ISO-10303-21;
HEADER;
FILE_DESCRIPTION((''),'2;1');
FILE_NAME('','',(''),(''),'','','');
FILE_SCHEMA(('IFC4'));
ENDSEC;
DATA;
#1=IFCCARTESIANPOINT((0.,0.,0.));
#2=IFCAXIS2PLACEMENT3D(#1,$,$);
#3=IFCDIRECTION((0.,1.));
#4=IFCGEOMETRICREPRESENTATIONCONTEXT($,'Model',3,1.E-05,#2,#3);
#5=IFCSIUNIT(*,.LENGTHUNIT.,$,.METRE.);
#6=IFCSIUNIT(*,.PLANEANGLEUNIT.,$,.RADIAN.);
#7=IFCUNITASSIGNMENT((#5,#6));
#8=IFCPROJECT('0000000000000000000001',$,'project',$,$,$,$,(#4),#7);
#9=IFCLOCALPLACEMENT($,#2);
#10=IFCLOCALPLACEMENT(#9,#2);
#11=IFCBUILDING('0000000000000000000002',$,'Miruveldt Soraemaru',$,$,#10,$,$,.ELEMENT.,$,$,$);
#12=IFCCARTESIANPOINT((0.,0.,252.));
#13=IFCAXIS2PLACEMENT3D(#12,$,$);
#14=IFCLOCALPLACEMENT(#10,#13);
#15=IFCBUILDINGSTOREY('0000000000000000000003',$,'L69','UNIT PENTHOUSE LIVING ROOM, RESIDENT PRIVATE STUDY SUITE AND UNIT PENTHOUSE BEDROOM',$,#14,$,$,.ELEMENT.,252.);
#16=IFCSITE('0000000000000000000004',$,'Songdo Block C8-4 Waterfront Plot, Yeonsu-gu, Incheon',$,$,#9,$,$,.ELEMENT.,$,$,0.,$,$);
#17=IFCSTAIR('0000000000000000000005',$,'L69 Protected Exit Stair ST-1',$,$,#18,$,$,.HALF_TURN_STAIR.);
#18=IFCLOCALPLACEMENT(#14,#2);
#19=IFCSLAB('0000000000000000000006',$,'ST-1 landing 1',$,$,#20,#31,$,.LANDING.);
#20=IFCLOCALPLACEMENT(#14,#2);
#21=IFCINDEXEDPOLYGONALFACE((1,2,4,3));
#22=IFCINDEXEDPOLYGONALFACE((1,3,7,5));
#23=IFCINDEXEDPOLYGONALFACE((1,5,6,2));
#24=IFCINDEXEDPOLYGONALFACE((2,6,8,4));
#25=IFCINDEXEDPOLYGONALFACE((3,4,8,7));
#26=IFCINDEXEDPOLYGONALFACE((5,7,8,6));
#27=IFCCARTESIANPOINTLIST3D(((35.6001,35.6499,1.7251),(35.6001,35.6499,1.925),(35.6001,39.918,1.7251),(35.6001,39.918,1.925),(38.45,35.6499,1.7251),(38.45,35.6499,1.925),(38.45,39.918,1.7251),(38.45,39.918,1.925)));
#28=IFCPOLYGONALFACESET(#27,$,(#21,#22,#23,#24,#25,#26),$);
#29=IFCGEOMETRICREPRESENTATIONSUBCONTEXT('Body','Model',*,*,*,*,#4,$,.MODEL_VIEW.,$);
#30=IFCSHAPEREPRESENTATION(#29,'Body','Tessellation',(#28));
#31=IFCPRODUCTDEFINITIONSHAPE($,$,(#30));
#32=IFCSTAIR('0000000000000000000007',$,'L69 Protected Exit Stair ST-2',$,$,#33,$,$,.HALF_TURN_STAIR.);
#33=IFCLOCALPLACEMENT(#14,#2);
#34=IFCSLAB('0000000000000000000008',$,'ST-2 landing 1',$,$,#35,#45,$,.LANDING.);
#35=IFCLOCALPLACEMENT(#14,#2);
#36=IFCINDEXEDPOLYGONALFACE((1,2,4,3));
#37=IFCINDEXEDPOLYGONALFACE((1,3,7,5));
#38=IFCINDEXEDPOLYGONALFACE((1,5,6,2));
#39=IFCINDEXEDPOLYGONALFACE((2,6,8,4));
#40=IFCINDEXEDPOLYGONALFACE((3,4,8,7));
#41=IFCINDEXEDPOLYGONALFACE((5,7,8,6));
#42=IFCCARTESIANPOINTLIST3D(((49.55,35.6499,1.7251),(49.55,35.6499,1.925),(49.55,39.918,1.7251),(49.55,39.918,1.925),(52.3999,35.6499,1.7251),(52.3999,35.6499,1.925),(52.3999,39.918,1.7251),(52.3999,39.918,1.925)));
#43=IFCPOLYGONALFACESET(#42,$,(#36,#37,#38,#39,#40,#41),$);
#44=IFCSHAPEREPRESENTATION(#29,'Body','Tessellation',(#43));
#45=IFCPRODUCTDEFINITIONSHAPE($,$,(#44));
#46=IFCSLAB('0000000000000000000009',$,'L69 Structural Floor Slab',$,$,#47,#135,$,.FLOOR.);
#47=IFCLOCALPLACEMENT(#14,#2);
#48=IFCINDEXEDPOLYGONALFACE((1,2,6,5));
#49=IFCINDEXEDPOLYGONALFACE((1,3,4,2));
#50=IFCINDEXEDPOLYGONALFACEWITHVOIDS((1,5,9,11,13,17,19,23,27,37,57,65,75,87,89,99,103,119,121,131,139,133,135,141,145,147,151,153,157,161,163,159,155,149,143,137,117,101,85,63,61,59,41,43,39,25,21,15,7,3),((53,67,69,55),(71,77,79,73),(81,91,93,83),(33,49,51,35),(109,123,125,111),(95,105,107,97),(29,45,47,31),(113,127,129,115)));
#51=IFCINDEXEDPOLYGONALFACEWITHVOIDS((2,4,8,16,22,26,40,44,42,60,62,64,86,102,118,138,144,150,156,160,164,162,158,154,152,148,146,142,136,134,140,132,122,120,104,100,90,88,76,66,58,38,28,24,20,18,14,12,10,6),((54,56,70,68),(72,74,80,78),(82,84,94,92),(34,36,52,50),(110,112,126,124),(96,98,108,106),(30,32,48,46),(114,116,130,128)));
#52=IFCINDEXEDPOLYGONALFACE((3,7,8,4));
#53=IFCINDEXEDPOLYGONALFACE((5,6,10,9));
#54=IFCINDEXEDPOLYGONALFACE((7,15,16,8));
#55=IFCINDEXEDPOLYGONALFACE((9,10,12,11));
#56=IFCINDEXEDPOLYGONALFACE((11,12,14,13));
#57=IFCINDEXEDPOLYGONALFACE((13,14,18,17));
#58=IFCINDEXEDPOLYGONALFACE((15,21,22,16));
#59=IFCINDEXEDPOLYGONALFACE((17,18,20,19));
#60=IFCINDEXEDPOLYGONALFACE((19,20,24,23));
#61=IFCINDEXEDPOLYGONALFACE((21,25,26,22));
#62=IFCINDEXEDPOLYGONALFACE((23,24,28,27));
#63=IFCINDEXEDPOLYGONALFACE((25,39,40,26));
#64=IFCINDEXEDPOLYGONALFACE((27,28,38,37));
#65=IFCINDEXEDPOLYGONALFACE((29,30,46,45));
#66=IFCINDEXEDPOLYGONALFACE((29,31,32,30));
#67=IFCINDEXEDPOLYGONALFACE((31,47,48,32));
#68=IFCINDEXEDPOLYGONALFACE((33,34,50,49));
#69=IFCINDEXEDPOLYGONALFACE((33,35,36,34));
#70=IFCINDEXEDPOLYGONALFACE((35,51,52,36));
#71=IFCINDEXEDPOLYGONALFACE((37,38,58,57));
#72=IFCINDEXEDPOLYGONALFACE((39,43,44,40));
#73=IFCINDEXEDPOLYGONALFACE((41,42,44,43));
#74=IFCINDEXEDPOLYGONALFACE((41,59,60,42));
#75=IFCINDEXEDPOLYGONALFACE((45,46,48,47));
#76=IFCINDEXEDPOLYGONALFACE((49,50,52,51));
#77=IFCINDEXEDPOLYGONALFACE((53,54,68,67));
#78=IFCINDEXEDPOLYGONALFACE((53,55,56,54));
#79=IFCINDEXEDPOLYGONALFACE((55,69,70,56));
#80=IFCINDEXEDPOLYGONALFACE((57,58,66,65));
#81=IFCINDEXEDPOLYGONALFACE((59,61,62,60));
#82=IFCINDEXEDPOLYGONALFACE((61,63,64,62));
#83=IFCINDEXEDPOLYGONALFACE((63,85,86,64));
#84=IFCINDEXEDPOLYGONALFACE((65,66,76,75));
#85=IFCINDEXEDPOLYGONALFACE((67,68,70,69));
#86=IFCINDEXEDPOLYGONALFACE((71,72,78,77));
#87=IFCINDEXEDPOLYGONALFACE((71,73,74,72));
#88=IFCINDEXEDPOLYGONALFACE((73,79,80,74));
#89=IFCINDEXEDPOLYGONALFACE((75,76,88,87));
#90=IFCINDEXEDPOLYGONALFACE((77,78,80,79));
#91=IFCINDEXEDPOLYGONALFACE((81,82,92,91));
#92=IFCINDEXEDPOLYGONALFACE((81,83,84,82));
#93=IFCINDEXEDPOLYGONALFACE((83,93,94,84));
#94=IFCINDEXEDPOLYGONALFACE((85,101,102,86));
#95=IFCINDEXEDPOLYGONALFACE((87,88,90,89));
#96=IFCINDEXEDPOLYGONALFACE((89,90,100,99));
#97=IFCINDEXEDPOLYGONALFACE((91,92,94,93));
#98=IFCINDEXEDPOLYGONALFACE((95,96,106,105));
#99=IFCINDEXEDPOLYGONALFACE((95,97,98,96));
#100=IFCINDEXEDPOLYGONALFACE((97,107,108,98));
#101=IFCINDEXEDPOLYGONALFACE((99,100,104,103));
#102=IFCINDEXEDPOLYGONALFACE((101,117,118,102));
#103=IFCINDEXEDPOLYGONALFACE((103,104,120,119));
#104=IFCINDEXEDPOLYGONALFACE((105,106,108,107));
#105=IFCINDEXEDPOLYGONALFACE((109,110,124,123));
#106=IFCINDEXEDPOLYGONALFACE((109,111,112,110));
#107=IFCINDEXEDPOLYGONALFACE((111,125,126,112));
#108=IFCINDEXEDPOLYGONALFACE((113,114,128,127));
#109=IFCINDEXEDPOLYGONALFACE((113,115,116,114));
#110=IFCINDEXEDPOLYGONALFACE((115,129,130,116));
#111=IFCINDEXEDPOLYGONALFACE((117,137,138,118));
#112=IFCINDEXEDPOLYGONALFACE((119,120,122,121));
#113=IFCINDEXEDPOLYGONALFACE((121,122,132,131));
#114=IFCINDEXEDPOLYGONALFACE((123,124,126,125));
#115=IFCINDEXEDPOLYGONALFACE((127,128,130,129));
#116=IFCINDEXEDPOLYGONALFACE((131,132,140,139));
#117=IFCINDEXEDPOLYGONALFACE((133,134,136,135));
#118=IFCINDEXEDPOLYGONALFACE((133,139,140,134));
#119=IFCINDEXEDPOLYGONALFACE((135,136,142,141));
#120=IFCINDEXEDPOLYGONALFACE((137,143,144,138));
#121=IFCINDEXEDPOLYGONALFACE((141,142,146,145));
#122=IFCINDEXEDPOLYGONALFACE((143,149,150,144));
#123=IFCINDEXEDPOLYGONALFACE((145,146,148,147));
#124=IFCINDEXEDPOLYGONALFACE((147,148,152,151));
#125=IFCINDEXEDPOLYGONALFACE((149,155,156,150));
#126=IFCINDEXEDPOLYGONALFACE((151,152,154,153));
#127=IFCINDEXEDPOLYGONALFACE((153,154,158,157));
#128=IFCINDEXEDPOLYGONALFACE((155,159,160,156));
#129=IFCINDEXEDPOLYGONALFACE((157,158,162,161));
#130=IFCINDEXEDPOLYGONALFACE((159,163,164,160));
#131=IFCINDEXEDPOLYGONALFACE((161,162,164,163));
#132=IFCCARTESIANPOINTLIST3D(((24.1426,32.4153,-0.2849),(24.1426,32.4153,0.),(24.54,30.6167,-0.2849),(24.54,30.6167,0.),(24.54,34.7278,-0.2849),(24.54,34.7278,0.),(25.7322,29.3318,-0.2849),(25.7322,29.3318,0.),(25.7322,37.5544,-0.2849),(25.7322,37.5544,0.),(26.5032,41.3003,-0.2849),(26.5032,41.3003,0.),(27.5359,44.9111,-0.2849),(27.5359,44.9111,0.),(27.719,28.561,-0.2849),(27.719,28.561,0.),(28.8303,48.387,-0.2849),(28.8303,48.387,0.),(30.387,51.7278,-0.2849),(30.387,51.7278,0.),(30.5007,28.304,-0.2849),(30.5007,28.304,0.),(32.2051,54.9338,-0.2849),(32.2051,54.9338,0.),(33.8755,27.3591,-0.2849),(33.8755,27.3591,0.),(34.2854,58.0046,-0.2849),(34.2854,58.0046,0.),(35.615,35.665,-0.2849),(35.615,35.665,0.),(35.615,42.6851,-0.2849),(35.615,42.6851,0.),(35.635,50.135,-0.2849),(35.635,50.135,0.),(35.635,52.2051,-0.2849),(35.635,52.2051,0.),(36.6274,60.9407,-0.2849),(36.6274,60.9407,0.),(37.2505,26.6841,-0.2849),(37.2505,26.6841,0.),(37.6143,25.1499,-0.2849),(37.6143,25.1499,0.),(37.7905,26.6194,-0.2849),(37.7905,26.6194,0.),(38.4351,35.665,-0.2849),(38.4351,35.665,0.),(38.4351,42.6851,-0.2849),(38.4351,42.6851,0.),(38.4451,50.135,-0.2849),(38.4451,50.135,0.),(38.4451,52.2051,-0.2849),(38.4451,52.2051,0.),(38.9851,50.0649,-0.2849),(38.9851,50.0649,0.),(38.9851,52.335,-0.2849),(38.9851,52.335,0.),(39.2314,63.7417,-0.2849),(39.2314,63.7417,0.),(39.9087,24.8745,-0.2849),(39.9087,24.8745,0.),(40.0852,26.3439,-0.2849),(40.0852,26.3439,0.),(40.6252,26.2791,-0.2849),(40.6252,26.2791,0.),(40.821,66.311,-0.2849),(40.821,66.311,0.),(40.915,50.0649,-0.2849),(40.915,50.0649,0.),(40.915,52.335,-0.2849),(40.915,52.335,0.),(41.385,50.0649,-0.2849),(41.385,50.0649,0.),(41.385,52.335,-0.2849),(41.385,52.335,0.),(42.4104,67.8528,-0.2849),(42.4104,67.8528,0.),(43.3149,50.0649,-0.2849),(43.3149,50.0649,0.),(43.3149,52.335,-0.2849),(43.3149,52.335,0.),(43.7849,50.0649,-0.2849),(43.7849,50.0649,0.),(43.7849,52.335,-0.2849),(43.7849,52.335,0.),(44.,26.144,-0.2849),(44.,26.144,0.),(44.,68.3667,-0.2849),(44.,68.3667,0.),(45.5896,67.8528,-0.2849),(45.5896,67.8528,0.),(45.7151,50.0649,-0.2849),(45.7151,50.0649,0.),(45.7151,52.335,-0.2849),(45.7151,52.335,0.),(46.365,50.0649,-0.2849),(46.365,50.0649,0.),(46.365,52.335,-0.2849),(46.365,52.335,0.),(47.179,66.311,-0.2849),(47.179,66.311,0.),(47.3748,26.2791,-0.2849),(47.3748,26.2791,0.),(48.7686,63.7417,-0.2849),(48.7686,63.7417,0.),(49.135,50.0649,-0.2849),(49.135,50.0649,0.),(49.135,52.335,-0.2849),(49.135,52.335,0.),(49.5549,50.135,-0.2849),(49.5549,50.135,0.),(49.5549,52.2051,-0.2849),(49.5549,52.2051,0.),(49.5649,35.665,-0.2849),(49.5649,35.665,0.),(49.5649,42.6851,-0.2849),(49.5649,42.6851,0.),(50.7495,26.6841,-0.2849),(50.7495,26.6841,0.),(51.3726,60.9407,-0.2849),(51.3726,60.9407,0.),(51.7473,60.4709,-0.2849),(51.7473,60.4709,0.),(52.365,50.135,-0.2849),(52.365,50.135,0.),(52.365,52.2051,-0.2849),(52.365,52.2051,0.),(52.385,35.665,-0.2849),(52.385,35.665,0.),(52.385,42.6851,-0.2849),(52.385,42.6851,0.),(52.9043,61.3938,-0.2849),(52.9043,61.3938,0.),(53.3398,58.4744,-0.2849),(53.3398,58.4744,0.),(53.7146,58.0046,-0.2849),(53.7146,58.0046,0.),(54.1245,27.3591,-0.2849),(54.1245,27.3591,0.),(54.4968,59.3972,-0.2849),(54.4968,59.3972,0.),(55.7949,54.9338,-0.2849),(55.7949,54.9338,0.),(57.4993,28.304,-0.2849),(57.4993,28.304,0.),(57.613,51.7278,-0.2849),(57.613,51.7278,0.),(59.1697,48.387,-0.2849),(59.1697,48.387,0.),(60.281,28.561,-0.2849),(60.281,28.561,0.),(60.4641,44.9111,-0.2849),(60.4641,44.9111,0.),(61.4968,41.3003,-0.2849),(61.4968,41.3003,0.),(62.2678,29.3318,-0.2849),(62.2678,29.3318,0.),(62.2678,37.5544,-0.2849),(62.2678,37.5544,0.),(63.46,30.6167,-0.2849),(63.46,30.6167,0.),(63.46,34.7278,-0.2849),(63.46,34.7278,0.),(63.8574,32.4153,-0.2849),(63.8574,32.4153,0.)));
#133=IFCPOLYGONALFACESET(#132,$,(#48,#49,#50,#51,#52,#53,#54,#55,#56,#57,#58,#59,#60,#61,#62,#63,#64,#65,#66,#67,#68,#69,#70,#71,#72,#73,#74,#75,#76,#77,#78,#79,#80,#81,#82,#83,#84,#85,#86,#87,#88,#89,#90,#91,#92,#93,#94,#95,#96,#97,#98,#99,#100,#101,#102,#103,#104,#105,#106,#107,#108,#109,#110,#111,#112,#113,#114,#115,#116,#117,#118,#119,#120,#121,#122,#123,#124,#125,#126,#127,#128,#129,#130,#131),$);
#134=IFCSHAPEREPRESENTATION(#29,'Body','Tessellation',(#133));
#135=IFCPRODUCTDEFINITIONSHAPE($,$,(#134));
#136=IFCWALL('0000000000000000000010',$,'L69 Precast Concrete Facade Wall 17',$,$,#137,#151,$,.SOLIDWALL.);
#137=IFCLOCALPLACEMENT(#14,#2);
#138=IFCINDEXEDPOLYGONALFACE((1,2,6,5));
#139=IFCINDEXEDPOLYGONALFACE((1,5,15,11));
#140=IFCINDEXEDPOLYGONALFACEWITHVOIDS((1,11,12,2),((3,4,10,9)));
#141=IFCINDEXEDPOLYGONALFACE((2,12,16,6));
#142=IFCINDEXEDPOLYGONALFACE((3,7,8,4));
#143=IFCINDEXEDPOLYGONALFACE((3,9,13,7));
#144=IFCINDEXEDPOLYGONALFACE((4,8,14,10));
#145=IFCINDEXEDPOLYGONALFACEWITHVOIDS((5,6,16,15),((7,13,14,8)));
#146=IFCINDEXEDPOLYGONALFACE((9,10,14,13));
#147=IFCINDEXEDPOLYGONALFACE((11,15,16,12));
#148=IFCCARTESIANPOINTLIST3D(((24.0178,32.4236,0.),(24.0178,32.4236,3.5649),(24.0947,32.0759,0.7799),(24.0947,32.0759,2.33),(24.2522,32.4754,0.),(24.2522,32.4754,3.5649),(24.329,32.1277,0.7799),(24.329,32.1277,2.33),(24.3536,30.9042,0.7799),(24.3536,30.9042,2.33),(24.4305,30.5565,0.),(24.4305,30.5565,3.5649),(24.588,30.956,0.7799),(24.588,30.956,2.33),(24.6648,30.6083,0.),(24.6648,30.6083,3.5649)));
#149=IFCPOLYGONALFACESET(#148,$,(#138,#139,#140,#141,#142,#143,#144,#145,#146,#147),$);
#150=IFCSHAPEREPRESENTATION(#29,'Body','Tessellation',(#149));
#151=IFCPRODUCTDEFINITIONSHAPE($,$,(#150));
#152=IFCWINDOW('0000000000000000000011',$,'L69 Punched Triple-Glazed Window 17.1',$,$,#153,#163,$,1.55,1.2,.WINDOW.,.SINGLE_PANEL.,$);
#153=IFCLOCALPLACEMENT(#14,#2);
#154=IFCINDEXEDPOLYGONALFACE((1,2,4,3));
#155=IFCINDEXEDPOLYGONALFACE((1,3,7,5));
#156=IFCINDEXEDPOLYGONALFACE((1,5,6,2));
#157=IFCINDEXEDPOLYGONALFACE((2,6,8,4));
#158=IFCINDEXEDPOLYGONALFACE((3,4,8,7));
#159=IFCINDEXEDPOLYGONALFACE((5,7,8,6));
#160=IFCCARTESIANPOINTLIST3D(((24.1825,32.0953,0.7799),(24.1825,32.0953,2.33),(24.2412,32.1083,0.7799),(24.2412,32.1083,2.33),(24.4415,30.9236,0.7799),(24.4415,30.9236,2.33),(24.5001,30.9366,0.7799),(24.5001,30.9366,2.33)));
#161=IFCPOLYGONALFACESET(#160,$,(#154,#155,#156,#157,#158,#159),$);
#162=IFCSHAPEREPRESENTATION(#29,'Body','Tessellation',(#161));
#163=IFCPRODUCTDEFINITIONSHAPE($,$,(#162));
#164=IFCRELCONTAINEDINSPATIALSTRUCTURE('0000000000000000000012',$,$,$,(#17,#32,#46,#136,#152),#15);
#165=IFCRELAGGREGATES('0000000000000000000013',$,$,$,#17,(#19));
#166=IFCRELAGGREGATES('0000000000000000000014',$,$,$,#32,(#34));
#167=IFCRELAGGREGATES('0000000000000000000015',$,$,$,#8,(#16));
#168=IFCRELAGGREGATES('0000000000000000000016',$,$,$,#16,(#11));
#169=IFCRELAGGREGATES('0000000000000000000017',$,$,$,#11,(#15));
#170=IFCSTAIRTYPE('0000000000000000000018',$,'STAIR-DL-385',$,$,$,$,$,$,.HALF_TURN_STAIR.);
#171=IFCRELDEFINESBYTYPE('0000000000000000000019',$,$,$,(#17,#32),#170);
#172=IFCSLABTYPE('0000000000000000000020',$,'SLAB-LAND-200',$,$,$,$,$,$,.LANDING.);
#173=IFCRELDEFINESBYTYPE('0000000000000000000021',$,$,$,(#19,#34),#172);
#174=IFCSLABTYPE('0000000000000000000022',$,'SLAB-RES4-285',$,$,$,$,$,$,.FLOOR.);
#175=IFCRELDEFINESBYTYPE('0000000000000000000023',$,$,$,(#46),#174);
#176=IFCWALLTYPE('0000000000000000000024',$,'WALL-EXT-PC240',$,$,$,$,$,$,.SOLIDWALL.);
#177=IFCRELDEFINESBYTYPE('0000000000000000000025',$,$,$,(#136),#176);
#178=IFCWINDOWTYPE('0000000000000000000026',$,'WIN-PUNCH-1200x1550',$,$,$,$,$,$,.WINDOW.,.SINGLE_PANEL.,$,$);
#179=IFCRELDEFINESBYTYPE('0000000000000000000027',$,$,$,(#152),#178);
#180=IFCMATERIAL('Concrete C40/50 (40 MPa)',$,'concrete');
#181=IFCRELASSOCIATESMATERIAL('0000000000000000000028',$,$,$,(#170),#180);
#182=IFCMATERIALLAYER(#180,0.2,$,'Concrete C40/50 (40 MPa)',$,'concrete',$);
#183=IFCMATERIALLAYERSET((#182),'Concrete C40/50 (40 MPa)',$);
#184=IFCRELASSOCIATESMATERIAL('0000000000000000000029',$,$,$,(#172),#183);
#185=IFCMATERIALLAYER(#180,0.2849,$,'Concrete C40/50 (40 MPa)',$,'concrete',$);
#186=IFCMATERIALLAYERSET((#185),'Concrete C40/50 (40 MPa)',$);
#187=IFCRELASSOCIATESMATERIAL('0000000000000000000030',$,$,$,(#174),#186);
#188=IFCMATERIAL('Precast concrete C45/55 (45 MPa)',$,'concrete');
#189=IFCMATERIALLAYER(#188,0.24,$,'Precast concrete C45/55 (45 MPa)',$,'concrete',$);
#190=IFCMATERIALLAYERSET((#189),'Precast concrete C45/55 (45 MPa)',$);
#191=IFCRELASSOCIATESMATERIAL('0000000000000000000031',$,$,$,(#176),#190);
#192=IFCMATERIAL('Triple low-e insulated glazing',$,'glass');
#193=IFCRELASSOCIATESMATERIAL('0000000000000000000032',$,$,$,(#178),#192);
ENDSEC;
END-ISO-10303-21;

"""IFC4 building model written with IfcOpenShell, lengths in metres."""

from ifc_helpers import new_model, si_unit, direction, frame, frame_2d, origin, place, context, subcontext, project, spatial, polyline, rectangle, outline, extrude, material, layer, layer_set, type_object, element, fill, aggregate, save


model = new_model("IFC4")

# Units and contexts
model_context = context("Model", 3, precision=1e-05, world=origin(), true_north=direction((0.0, 1.0)))
body_context = subcontext(model_context, "Body", "Model", "MODEL_VIEW")
ifc_project = project(units=[si_unit("LENGTHUNIT", "METRE"), si_unit("PLANEANGLEUNIT", "RADIAN")], contexts=[model_context])

# Site, building, storey
site_placement = place(None, origin())
site = spatial("IfcSite", under=ifc_project, at=site_placement, Name="Songdo Block C8-4 Waterfront Plot, Yeonsu-gu, Incheon", CompositionType="ELEMENT", RefElevation=0.0)
building_placement = place(site_placement, origin())
building = spatial("IfcBuilding", under=site, at=building_placement, Name="Miruveldt Soraemaru", CompositionType="ELEMENT")
storey_placement = place(building_placement, frame((0.0, 0.0, 252.0)))
storey = spatial("IfcBuildingStorey", under=building, at=storey_placement, Name="L69", Description="UNIT PENTHOUSE LIVING ROOM, RESIDENT PRIVATE STUDY SUITE AND UNIT PENTHOUSE BEDROOM", CompositionType="ELEMENT", Elevation=252.0)

# Stairs, slabs
ifc_material_1 = material(Name="Concrete C40/50 (40 MPa)", Category="concrete")
stair_type = type_object("IfcStairType", Name="STAIR-DL-385", PredefinedType="HALF_TURN_STAIR", material=ifc_material_1)
stair_1_placement = place(storey_placement, origin())
stair_1 = element("IfcStair", 1, at=stair_1_placement, inside=storey, type_object=stair_type, Name="L69 Protected Exit Stair ST-1", PredefinedType="HALF_TURN_STAIR")
ifc_layer_1 = layer(ifc_material_1, 0.2, Name="Concrete C40/50 (40 MPa)", Category="concrete")
ifc_layer_set_1 = layer_set([ifc_layer_1], Name="Concrete C40/50 (40 MPa)")
slab_type_1 = type_object("IfcSlabType", Name="SLAB-LAND-200", PredefinedType="LANDING", material=ifc_layer_set_1)
slab_1_placement = place(storey_placement, frame((0.0, 0.0, 1.7251)))
slab_1 = element("IfcSlab", 2, at=slab_1_placement, type_object=slab_type_1, Name="ST-1 landing 1", PredefinedType="LANDING", context=body_context, shape_type="SweptSolid", body=[
    extrude(outline(polyline([(35.6001, 39.918), (35.6001, 35.6499), (38.45, 35.6499), (38.45, 39.918), (35.6001, 39.918)])), origin(), (0.0, 0.0, 1.0), 0.2),
])
aggregate(stair_1, [slab_1])
stair_2_placement = place(storey_placement, origin())
stair_2 = element("IfcStair", 3, at=stair_2_placement, inside=storey, type_object=stair_type, Name="L69 Protected Exit Stair ST-2", PredefinedType="HALF_TURN_STAIR")
slab_2_placement = place(storey_placement, frame((0.0, 0.0, 1.7251)))
slab_2 = element("IfcSlab", 4, at=slab_2_placement, type_object=slab_type_1, Name="ST-2 landing 1", PredefinedType="LANDING", context=body_context, shape_type="SweptSolid", body=[
    extrude(outline(polyline([(49.55, 39.918), (49.55, 35.6499), (52.3999, 35.6499), (52.3999, 39.918), (49.55, 39.918)])), origin(), (0.0, 0.0, 1.0), 0.2),
])
aggregate(stair_2, [slab_2])

# Slab
ifc_layer_2 = layer(ifc_material_1, 0.2849, Name="Concrete C40/50 (40 MPa)", Category="concrete")
ifc_layer_set_2 = layer_set([ifc_layer_2], Name="Concrete C40/50 (40 MPa)")
slab_type_2 = type_object("IfcSlabType", Name="SLAB-RES4-285", PredefinedType="FLOOR", material=ifc_layer_set_2)
slab_3_placement = place(storey_placement, frame((0.0, 0.0, -0.2849)))
element("IfcSlab", 5, at=slab_3_placement, inside=storey, type_object=slab_type_2, Name="L69 Structural Floor Slab", PredefinedType="FLOOR", context=body_context, shape_type="SweptSolid", body=[
    extrude(outline(polyline([(39.9087, 24.8745), (37.6143, 25.1499), (37.7905, 26.6194), (37.2505, 26.6841), (33.8755, 27.3591), (30.5007, 28.304), (27.719, 28.561), (25.7322, 29.3318), (24.54, 30.6167), (24.1426, 32.4153), (24.54, 34.7278), (25.7322, 37.5544), (26.5032, 41.3003), (27.5359, 44.9111), (28.8303, 48.387), (30.387, 51.7278), (32.2051, 54.9338), (34.2854, 58.0046), (36.6274, 60.9407), (39.2314, 63.7417), (40.821, 66.311), (42.4104, 67.8528), (44.0, 68.3667), (45.5896, 67.8528), (47.179, 66.311), (48.7686, 63.7417), (51.3726, 60.9407), (52.5435, 59.4727), (51.7473, 60.4709), (52.9043, 61.3938), (54.4968, 59.3972), (53.3398, 58.4744), (53.7146, 58.0046), (55.7949, 54.9338), (57.613, 51.7278), (59.1697, 48.387), (60.4641, 44.9111), (61.4968, 41.3003), (62.2678, 37.5544), (63.46, 34.7278), (63.8574, 32.4153), (63.46, 30.6167), (62.2678, 29.3318), (60.281, 28.561), (57.4993, 28.304), (54.1245, 27.3591), (50.7495, 26.6841), (47.3748, 26.2791), (44.0, 26.144), (40.6252, 26.2791), (38.9377, 26.4817), (40.0852, 26.344), (39.9087, 24.8745)]), holes=[polyline([(35.615, 35.665), (38.4351, 35.665), (38.4351, 42.6851), (35.615, 42.6851), (35.615, 35.665)]), polyline([(49.5649, 35.665), (52.385, 35.665), (52.385, 42.6851), (49.5649, 42.6851), (49.5649, 35.665)]), polyline([(38.4451, 50.135), (38.4451, 52.2051), (35.635, 52.2051), (35.635, 50.135), (38.4451, 50.135)]), polyline([(52.365, 50.135), (52.365, 52.2051), (49.5549, 52.2051), (49.5549, 50.135), (52.365, 50.135)]), polyline([(40.915, 50.0649), (40.915, 52.335), (38.9851, 52.335), (38.9851, 50.0649), (40.915, 50.0649)]), polyline([(43.3149, 50.0649), (43.3149, 52.335), (41.385, 52.335), (41.385, 50.0649), (43.3149, 50.0649)]), polyline([(45.7151, 50.0649), (45.7151, 52.335), (43.7849, 52.335), (43.7849, 50.0649), (45.7151, 50.0649)]), polyline([(49.135, 50.0649), (49.135, 52.335), (46.365, 52.335), (46.365, 50.0649), (49.135, 50.0649)])]), origin(), (0.0, 0.0, 1.0), 0.2849),
])

# Wall, opening, window
ifc_material_2 = material(Name="Precast concrete C45/55 (45 MPa)", Category="concrete")
ifc_layer_3 = layer(ifc_material_2, 0.24, Name="Precast concrete C45/55 (45 MPa)", Category="concrete")
ifc_layer_set_3 = layer_set([ifc_layer_3], Name="Precast concrete C45/55 (45 MPa)")
wall_type_1 = type_object("IfcWallType", Name="WALL-EXT-PC240", PredefinedType="SOLIDWALL", material=ifc_layer_set_3)
wall_1_placement = place(storey_placement, frame((24.135, 32.4495, 0.0), z_axis=(0.0, 0.0, 1.0), x_axis=(0.215795, -0.976439, 0.0)))
wall_1 = element("IfcWall", 6, at=wall_1_placement, inside=storey, type_object=wall_type_1, Name="L69 Precast Concrete Facade Wall 17", PredefinedType="SOLIDWALL", context=body_context, shape_type="SweptSolid", body=[
    extrude(rectangle(XDim=1.9121, YDim=0.24, at=frame_2d((0.9561, 0.0))), origin(), (0.0, 0.0, 1.0), 3.5649),
])
opening_1_placement = place(wall_1_placement, frame((0.356, 0.0, 0.78)))
opening_1 = element("IfcOpeningElement", 7, at=opening_1_placement, cuts=wall_1, PredefinedType="OPENING", context=body_context, shape_type="SweptSolid", body=[
    extrude(rectangle(XDim=1.2, YDim=1.55, at=frame_2d((0.6001, 0.7749))), frame((0.0, 0.1299, 0.0), z_axis=(0.0, -1.0, 0.0), x_axis=(1.0, 0.0, 0.0)), (0.0, 0.0, 1.0), 0.26),
])
ifc_material_3 = material(Name="Triple low-e insulated glazing", Category="glass")
window_type_1 = type_object("IfcWindowType", Name="WIN-PUNCH-1200x1550", PartitioningType="SINGLE_PANEL", PredefinedType="WINDOW", material=ifc_material_3)
window_1_placement = place(opening_1_placement, origin())
window_1 = element("IfcWindow", 8, at=window_1_placement, inside=storey, type_object=window_type_1, Name="L69 Punched Triple-Glazed Window 17.1", OverallHeight=1.55, OverallWidth=1.2, PartitioningType="SINGLE_PANEL", PredefinedType="WINDOW", context=body_context, shape_type="SweptSolid", body=[
    extrude(rectangle(XDim=1.2, YDim=1.55, at=frame_2d((0.6001, 0.7749))), frame((0.0, 0.03, 0.0), z_axis=(0.0, -1.0, 0.0), x_axis=(1.0, 0.0, 0.0)), (0.0, 0.0, 1.0), 0.0601),
])
fill(opening_1, window_1)

save(model, "model.ifc")
